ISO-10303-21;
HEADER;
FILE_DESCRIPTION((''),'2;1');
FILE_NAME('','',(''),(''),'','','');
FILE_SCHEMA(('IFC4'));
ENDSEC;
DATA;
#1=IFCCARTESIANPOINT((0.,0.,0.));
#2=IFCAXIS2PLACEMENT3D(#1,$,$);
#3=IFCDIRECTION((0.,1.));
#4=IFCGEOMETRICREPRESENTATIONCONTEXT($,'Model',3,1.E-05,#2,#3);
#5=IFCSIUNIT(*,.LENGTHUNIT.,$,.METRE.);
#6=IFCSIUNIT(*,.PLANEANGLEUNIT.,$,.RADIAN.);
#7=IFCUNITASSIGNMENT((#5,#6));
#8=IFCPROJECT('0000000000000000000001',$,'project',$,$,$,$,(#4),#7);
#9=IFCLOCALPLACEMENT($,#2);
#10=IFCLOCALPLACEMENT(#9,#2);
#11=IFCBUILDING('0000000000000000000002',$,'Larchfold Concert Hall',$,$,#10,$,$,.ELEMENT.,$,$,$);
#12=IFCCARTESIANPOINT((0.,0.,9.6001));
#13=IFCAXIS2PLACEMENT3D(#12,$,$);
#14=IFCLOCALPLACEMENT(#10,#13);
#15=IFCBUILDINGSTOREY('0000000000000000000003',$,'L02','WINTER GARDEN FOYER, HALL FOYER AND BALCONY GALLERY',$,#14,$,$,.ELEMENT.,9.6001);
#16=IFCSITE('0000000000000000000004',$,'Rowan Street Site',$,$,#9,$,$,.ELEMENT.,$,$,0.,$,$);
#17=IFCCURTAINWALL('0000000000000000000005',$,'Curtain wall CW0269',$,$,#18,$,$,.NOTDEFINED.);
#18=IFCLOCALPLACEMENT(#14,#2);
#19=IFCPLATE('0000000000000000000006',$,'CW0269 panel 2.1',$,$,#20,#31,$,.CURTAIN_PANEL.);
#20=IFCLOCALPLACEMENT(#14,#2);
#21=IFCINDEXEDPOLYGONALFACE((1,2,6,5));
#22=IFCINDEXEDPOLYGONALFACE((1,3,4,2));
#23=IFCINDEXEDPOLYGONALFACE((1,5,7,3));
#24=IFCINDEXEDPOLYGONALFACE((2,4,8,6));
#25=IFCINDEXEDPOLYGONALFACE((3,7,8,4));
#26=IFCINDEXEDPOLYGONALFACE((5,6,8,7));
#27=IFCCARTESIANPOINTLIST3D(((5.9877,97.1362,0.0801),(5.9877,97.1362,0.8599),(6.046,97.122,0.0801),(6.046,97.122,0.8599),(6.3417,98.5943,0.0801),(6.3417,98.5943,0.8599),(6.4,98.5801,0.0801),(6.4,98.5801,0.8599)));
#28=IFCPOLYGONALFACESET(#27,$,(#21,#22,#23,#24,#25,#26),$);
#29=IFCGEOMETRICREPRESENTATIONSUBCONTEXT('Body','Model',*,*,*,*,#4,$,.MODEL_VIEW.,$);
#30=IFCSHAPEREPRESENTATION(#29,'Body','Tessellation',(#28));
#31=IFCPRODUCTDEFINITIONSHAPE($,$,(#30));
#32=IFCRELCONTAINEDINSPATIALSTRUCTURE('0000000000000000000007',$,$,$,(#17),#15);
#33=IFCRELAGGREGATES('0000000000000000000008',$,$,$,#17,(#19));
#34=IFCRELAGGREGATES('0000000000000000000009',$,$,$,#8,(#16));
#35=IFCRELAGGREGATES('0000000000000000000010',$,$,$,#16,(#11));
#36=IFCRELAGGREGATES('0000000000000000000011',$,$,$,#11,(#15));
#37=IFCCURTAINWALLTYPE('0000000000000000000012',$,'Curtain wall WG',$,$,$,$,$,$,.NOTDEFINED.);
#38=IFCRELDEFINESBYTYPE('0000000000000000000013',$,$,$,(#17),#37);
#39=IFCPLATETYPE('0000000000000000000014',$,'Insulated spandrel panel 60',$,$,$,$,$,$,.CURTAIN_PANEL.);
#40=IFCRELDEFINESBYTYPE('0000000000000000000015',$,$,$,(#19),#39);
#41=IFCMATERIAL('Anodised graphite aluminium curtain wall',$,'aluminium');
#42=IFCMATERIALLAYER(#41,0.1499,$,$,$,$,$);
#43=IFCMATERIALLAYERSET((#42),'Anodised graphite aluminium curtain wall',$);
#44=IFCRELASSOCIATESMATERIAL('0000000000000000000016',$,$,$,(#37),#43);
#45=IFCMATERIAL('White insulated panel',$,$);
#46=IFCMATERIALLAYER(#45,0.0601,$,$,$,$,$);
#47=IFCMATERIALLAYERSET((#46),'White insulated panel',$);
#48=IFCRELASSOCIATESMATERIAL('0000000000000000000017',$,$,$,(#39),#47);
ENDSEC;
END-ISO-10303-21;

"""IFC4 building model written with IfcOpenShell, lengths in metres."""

from ifc_helpers import new_model, si_unit, direction, frame, origin, origin_2d, place, context, subcontext, project, spatial, rectangle, extrude, material, layer, layer_set, type_object, element, aggregate, save


model = new_model("IFC4")

# Units and contexts
model_context = context("Model", 3, precision=1e-05, world=origin(), true_north=direction((0.0, 1.0)))
body_context = subcontext(model_context, "Body", "Model", "MODEL_VIEW")
ifc_project = project(units=[si_unit("LENGTHUNIT", "METRE"), si_unit("PLANEANGLEUNIT", "RADIAN")], contexts=[model_context])

# Site, building, storey
site_placement = place(None, origin())
site = spatial("IfcSite", under=ifc_project, at=site_placement, Name="Rowan Street Site", CompositionType="ELEMENT", RefElevation=0.0)
building_placement = place(site_placement, origin())
building = spatial("IfcBuilding", under=site, at=building_placement, Name="Larchfold Concert Hall", CompositionType="ELEMENT")
storey_placement = place(building_placement, frame((0.0, 0.0, 9.6001)))
storey = spatial("IfcBuildingStorey", under=building, at=storey_placement, Name="L02", Description="WINTER GARDEN FOYER, HALL FOYER AND BALCONY GALLERY", CompositionType="ELEMENT", Elevation=9.6001)

# Curtain wall
ifc_material_1 = material(Name="Anodised graphite aluminium curtain wall", Category="aluminium")
ifc_layer_1 = layer(ifc_material_1, 0.1499)
ifc_layer_set_1 = layer_set([ifc_layer_1], Name="Anodised graphite aluminium curtain wall")
curtain_wall_type = type_object("IfcCurtainWallType", Name="Curtain wall WG", PredefinedType="NOTDEFINED", material=ifc_layer_set_1)
curtain_wall_1_placement = place(storey_placement, origin())
curtain_wall_1 = element("IfcCurtainWall", 1, at=curtain_wall_1_placement, inside=storey, type_object=curtain_wall_type, Name="Curtain wall CW0269", PredefinedType="NOTDEFINED")

# Plate
ifc_material_2 = material(Name="White insulated panel")
ifc_layer_2 = layer(ifc_material_2, 0.0601)
ifc_layer_set_2 = layer_set([ifc_layer_2], Name="White insulated panel")
plate_type_1 = type_object("IfcPlateType", Name="Insulated spandrel panel 60", PredefinedType="CURTAIN_PANEL", material=ifc_layer_set_2)
plate_1_placement = place(storey_placement, frame((6.1938, 97.8582, 0.0801), z_axis=(0.0, 0.0, 1.0), x_axis=(-0.235938, -0.971768, 0.0)))
plate_1 = element("IfcPlate", 2, at=plate_1_placement, type_object=plate_type_1, Name="CW0269 panel 2.1", PredefinedType="CURTAIN_PANEL", context=body_context, shape_type="SweptSolid", body=[
    extrude(rectangle(XDim=1.5005, YDim=0.0601, at=origin_2d()), origin(), (0.0, 0.0, 1.0), 0.7798),
])
aggregate(curtain_wall_1, [plate_1])

save(model, "model.ifc")
